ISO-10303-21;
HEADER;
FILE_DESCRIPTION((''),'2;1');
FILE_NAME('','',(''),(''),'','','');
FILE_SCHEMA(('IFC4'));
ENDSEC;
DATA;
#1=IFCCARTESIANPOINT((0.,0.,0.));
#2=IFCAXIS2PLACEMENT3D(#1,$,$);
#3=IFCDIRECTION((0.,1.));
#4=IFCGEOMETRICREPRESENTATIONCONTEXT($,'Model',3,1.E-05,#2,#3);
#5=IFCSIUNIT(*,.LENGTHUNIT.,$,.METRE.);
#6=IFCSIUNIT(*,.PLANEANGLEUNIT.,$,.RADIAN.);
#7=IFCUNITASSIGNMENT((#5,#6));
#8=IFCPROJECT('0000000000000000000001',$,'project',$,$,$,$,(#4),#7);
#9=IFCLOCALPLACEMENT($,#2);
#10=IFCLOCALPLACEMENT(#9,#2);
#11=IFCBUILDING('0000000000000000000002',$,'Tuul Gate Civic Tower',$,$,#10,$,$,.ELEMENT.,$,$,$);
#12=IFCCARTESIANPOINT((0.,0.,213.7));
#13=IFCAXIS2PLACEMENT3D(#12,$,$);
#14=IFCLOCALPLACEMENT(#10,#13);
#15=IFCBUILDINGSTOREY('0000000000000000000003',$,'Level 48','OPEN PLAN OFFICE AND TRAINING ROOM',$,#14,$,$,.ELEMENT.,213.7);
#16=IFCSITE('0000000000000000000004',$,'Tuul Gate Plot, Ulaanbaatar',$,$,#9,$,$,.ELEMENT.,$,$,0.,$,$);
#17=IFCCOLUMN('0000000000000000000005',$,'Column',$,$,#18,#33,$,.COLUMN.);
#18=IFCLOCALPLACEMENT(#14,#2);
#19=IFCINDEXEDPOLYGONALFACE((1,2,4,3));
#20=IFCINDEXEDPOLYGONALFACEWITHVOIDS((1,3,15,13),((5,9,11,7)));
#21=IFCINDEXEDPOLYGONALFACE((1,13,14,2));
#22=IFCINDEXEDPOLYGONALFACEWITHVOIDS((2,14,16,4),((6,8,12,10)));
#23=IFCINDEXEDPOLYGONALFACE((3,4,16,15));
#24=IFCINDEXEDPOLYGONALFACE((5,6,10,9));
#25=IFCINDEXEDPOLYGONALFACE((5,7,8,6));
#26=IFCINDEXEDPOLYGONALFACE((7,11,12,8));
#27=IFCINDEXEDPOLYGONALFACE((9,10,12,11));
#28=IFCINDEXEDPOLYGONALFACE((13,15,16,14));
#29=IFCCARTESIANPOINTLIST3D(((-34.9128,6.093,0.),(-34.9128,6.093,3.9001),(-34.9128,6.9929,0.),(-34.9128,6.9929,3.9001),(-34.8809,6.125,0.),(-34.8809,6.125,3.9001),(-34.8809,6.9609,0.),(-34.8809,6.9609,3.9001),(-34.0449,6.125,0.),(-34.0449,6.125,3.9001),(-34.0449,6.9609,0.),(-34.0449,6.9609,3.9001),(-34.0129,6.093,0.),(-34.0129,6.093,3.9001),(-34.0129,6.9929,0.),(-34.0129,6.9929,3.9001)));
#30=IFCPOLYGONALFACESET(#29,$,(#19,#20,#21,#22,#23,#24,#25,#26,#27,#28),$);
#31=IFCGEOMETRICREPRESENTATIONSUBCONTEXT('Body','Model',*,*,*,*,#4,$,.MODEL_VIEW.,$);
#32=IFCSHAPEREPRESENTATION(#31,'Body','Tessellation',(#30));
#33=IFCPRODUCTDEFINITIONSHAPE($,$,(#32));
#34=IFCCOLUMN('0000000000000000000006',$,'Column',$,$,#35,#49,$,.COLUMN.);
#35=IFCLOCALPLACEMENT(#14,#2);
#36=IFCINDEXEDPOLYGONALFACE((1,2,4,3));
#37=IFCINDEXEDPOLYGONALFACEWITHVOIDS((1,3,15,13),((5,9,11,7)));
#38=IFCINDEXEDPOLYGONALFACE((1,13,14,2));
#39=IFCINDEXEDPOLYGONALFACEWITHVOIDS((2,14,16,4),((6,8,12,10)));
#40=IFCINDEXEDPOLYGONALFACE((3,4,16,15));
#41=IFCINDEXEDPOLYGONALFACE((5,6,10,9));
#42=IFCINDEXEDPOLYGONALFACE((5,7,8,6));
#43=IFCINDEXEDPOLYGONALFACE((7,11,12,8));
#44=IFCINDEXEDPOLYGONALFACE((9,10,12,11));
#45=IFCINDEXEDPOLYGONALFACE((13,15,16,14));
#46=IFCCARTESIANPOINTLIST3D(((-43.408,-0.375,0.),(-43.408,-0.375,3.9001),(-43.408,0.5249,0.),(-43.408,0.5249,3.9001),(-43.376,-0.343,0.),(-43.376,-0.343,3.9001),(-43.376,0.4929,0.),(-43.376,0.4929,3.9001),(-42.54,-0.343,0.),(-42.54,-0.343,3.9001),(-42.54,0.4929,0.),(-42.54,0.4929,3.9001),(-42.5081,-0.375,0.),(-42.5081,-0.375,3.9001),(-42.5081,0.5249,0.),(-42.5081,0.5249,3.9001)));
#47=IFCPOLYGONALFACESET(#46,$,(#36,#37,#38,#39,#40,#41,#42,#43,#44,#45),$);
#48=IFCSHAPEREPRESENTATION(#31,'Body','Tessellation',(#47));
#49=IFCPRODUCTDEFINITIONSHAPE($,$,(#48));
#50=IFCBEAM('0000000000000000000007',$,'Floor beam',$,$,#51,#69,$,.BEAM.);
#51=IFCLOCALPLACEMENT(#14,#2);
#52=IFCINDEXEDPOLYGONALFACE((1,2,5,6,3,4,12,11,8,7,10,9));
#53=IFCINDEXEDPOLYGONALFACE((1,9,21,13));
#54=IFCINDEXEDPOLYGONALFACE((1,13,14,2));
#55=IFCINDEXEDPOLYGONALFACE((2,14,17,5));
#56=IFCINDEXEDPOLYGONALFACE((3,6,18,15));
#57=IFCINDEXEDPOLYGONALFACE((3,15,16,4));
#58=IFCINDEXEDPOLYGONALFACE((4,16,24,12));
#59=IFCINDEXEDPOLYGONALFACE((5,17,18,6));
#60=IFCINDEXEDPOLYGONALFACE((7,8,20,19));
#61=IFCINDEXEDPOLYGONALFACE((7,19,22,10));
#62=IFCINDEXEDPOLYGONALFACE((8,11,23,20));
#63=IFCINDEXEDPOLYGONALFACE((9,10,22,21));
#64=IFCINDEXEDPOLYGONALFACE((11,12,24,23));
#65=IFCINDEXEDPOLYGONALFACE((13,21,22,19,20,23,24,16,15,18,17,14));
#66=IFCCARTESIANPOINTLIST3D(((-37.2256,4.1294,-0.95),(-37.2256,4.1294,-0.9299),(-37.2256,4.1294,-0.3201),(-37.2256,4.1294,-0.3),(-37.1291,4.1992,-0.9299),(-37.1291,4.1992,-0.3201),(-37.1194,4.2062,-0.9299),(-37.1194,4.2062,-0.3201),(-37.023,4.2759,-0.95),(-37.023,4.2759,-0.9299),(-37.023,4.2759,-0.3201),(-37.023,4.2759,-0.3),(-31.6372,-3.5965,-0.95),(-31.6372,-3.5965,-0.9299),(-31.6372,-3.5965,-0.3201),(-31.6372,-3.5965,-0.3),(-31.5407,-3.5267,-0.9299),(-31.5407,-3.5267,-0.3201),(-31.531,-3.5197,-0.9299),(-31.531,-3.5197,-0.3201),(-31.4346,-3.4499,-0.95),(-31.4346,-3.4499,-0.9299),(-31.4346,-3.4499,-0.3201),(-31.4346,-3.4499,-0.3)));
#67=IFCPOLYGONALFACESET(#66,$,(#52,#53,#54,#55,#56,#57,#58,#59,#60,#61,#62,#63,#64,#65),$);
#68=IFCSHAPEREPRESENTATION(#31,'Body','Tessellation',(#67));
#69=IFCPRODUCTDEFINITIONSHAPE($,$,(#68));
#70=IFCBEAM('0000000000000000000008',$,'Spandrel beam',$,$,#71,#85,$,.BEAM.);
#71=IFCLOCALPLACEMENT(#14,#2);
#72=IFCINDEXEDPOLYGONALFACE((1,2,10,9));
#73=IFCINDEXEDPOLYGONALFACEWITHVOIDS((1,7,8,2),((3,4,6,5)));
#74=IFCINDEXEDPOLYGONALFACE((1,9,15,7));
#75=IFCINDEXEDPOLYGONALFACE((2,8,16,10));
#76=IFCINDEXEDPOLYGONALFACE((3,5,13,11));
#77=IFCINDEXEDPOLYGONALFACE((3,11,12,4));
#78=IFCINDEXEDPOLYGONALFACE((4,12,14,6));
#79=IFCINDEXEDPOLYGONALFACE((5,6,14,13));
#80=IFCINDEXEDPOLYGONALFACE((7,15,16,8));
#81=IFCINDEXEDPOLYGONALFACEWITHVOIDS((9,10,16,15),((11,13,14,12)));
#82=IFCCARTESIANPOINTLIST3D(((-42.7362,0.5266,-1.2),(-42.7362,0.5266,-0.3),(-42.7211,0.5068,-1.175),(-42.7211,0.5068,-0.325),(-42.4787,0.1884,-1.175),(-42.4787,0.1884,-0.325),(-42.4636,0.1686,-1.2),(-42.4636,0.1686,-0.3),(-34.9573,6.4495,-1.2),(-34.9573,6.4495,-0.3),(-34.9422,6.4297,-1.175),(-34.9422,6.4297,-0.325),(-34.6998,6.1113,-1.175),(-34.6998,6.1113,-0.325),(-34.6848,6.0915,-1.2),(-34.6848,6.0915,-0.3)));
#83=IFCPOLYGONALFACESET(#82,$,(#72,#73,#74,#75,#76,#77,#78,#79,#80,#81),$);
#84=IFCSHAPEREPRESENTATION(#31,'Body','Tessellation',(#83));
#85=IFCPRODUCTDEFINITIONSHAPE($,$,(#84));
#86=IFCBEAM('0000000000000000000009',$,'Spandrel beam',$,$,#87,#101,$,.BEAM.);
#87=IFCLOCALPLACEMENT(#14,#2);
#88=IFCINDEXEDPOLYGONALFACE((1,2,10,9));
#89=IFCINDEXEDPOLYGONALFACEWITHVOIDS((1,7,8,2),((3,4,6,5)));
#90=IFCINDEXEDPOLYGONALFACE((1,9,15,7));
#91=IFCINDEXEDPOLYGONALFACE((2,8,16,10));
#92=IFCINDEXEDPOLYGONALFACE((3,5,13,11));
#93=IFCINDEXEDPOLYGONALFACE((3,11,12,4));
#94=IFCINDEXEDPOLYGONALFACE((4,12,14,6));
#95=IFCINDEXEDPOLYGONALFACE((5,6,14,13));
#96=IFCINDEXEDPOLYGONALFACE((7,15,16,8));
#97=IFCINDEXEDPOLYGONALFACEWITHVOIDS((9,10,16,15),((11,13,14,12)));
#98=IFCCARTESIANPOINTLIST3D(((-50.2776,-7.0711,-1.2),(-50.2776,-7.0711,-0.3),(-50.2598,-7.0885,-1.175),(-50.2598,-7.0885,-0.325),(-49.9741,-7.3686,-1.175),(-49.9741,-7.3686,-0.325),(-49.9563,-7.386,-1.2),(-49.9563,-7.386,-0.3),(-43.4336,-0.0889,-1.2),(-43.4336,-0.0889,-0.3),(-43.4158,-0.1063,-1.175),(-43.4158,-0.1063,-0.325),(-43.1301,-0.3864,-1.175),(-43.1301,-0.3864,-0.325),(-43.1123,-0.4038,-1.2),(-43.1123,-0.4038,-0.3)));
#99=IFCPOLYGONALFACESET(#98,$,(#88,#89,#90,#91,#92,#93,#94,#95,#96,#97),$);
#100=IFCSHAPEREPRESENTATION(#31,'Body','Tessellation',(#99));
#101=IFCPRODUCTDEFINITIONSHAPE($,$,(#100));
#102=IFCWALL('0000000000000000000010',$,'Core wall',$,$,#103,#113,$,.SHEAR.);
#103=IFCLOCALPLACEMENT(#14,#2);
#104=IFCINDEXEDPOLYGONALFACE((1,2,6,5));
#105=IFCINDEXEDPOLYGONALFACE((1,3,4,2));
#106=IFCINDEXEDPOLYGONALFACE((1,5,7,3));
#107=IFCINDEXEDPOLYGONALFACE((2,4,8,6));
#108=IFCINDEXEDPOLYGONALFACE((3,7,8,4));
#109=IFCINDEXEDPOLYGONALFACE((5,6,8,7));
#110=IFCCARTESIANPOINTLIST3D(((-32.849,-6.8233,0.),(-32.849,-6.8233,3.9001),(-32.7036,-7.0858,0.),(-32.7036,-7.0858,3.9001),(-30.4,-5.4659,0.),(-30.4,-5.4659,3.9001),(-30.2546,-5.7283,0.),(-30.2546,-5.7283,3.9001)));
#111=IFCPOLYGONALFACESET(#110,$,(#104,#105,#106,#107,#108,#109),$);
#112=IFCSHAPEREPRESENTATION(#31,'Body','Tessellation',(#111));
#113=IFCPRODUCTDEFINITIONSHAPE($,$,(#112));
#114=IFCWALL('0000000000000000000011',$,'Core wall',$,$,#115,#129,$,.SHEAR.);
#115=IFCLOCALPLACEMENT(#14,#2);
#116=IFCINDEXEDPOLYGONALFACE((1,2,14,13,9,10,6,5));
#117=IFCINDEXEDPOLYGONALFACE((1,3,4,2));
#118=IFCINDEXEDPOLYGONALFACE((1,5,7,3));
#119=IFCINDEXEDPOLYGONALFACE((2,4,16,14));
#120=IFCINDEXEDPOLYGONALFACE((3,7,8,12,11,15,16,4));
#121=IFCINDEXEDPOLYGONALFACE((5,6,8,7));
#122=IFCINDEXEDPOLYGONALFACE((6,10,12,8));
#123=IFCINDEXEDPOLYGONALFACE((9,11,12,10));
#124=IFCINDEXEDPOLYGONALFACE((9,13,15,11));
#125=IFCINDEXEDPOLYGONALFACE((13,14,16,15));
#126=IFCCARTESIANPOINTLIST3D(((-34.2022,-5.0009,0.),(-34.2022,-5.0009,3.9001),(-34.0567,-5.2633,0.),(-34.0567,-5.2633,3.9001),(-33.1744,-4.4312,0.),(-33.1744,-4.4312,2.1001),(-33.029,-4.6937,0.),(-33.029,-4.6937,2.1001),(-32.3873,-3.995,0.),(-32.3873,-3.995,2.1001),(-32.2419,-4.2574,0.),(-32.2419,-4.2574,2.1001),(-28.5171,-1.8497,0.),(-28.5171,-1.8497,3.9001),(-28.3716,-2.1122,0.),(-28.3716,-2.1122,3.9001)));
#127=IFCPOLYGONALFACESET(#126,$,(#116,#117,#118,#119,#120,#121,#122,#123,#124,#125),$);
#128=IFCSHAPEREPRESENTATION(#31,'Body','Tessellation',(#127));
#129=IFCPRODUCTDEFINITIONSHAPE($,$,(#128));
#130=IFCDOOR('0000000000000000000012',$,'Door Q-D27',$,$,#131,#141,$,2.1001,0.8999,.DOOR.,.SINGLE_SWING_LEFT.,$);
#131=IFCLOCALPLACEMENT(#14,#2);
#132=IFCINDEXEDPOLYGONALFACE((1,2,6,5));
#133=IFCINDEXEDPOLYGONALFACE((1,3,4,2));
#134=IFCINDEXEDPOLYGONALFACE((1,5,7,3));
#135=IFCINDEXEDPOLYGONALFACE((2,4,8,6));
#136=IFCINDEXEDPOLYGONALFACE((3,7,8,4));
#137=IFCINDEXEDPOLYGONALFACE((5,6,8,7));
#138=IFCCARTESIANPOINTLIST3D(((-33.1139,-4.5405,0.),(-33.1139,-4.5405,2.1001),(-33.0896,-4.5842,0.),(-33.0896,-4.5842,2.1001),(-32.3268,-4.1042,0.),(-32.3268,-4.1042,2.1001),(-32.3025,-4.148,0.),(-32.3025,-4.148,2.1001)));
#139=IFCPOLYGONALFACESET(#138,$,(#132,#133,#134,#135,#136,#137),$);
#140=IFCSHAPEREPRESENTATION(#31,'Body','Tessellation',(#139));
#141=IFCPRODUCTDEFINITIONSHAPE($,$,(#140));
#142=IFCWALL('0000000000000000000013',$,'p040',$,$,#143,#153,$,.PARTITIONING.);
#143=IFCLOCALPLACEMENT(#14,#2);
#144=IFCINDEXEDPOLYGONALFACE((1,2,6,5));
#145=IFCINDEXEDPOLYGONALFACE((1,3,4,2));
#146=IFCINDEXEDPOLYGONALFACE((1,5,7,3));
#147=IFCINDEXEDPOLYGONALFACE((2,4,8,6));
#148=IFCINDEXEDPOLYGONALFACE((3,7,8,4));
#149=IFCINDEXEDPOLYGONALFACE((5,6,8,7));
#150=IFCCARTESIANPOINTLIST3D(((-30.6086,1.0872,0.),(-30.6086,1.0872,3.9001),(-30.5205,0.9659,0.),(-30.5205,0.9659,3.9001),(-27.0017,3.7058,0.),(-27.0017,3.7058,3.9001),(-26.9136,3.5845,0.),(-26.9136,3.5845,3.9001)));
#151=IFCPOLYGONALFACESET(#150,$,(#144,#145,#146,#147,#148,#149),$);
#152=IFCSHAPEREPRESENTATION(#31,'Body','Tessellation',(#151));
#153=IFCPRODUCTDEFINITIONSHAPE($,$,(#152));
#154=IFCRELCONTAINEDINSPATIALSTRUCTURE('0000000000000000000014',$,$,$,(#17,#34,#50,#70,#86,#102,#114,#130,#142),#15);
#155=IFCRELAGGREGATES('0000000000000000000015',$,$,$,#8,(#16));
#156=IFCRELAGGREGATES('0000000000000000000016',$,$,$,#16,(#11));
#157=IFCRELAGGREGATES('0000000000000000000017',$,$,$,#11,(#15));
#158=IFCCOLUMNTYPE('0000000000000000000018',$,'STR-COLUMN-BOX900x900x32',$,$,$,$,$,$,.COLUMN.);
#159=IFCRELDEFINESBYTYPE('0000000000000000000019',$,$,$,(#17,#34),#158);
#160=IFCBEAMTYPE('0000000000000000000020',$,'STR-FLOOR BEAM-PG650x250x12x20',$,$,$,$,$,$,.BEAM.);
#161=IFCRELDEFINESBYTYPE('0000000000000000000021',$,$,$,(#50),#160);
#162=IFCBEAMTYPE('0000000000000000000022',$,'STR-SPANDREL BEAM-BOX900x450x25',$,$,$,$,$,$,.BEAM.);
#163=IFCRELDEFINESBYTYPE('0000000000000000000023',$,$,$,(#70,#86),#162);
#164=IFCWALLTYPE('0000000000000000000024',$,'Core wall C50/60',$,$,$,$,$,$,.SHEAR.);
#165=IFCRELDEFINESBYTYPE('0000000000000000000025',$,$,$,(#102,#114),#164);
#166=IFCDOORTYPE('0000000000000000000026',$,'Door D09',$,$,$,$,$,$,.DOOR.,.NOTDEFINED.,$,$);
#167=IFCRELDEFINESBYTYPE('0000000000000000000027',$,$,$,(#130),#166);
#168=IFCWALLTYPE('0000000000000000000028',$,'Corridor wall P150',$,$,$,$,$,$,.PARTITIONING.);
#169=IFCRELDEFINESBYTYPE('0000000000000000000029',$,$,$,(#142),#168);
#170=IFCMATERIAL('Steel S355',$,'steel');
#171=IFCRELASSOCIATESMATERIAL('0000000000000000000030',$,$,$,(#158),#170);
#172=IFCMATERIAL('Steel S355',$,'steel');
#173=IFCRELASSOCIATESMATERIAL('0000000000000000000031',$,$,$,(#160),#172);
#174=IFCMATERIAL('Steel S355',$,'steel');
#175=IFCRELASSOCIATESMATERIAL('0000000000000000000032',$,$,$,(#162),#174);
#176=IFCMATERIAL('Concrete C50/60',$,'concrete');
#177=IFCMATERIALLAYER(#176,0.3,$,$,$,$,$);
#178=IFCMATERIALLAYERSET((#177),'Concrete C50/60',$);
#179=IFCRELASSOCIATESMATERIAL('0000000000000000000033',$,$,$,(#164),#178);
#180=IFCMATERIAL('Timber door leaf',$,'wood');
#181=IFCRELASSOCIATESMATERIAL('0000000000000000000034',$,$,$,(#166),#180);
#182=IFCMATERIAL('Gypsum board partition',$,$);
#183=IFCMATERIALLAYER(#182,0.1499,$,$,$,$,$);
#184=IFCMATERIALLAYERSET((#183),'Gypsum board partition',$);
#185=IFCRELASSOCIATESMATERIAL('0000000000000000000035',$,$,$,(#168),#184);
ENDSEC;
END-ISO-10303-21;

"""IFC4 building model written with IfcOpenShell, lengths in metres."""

from ifc_helpers import new_model, si_unit, direction, frame, frame_2d, origin, origin_2d, place, context, subcontext, project, spatial, rectangle, hollow_rectangle, i_section, extrude, material, layer, layer_set, material_profile, profile_set, type_object, element, fill, save


model = new_model("IFC4")

# Units and contexts
model_context = context("Model", 3, precision=1e-05, world=origin(), true_north=direction((0.0, 1.0)))
body_context = subcontext(model_context, "Body", "Model", "MODEL_VIEW")
ifc_project = project(units=[si_unit("LENGTHUNIT", "METRE"), si_unit("PLANEANGLEUNIT", "RADIAN")], contexts=[model_context])

# Site, building, storey
site_placement = place(None, origin())
site = spatial("IfcSite", under=ifc_project, at=site_placement, Name="Tuul Gate Plot, Ulaanbaatar", CompositionType="ELEMENT", RefElevation=0.0)
building_placement = place(site_placement, origin())
building = spatial("IfcBuilding", under=site, at=building_placement, Name="Tuul Gate Civic Tower", CompositionType="ELEMENT")
storey_placement = place(building_placement, frame((0.0, 0.0, 213.7)))
storey = spatial("IfcBuildingStorey", under=building, at=storey_placement, Name="Level 48", Description="OPEN PLAN OFFICE AND TRAINING ROOM", CompositionType="ELEMENT", Elevation=213.7)

# Columns
ifc_material_1 = material(Name="Steel S355", Category="steel")
ifc_material_profile_1 = material_profile(ifc_material_1, hollow_rectangle(XDim=0.8999, YDim=0.8999, WallThickness=0.032, at=origin_2d()), Name="BOX900x900x32")
ifc_profile_set_1 = profile_set([ifc_material_profile_1], Name="Steel S355")
column_type = type_object("IfcColumnType", Name="STR-COLUMN-BOX900x900x32", PredefinedType="COLUMN", material=ifc_profile_set_1)
for number, where, z_axis, x_axis, name in (
    (1, (-34.4629, 6.543, 0.0), (0.0, 0.0, 1.0), (1.0, 0.0, 0.0), "Column"),
    (2, (-42.958, 0.075, 0.0), (0.0, 0.0, 1.0), (1.0, 0.0, 0.0), "Column"),
):
    element("IfcColumn", number, at=place(storey_placement, frame(where, z_axis=z_axis, x_axis=x_axis)), inside=storey, type_object=column_type, Name=name, PredefinedType="COLUMN", context=body_context, shape_type="SweptSolid", body=[
        extrude(hollow_rectangle(XDim=0.8999, YDim=0.8999, WallThickness=0.032, at=origin_2d()), origin(), (0.0, 0.0, 1.0), 3.9001),
    ])

# Beams
ifc_material_2 = material(Name="Steel S355", Category="steel")
ifc_material_profile_2 = material_profile(ifc_material_2, i_section(OverallWidth=0.25, OverallDepth=0.6499, WebThickness=0.012, FlangeThickness=0.02, at=origin_2d()), Name="PG650x250x12x20")
ifc_profile_set_2 = profile_set([ifc_material_profile_2], Name="Steel S355")
beam_type_1 = type_object("IfcBeamType", Name="STR-FLOOR BEAM-PG650x250x12x20", PredefinedType="BEAM", material=ifc_profile_set_2)
beam_placement = place(storey_placement, frame((-31.5359, -3.5232, -0.625), z_axis=(-0.586084, 0.81025, 0.0), x_axis=(-0.81025, -0.586084, 0.0)))
element("IfcBeam", 3, at=beam_placement, inside=storey, type_object=beam_type_1, Name="Floor beam", PredefinedType="BEAM", context=body_context, shape_type="SweptSolid", body=[
    extrude(i_section(OverallWidth=0.25, OverallDepth=0.6499, WebThickness=0.012, FlangeThickness=0.02, at=origin_2d()), origin(), (0.0, 0.0, 1.0), 9.5352),
])
ifc_material_3 = material(Name="Steel S355", Category="steel")
ifc_material_profile_3 = material_profile(ifc_material_3, hollow_rectangle(XDim=0.45, YDim=0.8999, WallThickness=0.0249, at=origin_2d()), Name="BOX900x450x25")
ifc_profile_set_3 = profile_set([ifc_material_profile_3], Name="Steel S355")
beam_type_2 = type_object("IfcBeamType", Name="STR-SPANDREL BEAM-BOX900x450x25", PredefinedType="BEAM", material=ifc_profile_set_3)
for number, where, z_axis, x_axis, name in (
    (4, (-34.821, 6.2705, -0.75), (-0.795622, -0.605793, 0.0), (0.605793, -0.795622, 0.0), "Spandrel beam"),
    (5, (-43.2729, -0.2463, -0.75), (-0.700005, -0.714138, 0.0), (0.714138, -0.700005, 0.0), "Spandrel beam"),
):
    element("IfcBeam", number, at=place(storey_placement, frame(where, z_axis=z_axis, x_axis=x_axis)), inside=storey, type_object=beam_type_2, Name=name, PredefinedType="BEAM", context=body_context, shape_type="SweptSolid", body=[
        extrude(hollow_rectangle(XDim=0.45, YDim=0.8999, WallThickness=0.0249, at=origin_2d()), origin(), (0.0, 0.0, 1.0), 9.7771),
    ])

# Wall
ifc_material_4 = material(Name="Concrete C50/60", Category="concrete")
ifc_layer_1 = layer(ifc_material_4, 0.3)
ifc_layer_set_1 = layer_set([ifc_layer_1], Name="Concrete C50/60")
wall_type_1 = type_object("IfcWallType", Name="Core wall C50/60", PredefinedType="SHEAR", material=ifc_layer_set_1)
wall_1_placement = place(storey_placement, frame((-30.3274, -5.5972, 0.0), z_axis=(0.0, 0.0, 1.0), x_axis=(-0.87463, -0.484791, 0.0)))
element("IfcWall", 6, at=wall_1_placement, inside=storey, type_object=wall_type_1, Name="Core wall", PredefinedType="SHEAR", context=body_context, shape_type="SweptSolid", body=[
    extrude(rectangle(XDim=2.8, YDim=0.3, at=frame_2d((1.3999, 0.0))), origin(), (0.0, 0.0, 1.0), 3.9001),
])

# Wall, opening, door
wall_2_placement = place(storey_placement, frame((-28.4443, -1.981, 0.0), z_axis=(0.0, 0.0, 1.0), x_axis=(-0.87463, -0.484791, 0.0)))
wall_2 = element("IfcWall", 7, at=wall_2_placement, inside=storey, type_object=wall_type_1, Name="Core wall", PredefinedType="SHEAR", context=body_context, shape_type="SweptSolid", body=[
    extrude(rectangle(XDim=6.5, YDim=0.3, at=frame_2d((3.25, 0.0))), origin(), (0.0, 0.0, 1.0), 3.9001),
])
opening_1_placement = place(wall_2_placement, frame((4.425, 0.0, 0.0)))
opening_1 = element("IfcOpeningElement", 8, at=opening_1_placement, cuts=wall_2, PredefinedType="OPENING", context=body_context, shape_type="SweptSolid", body=[
    extrude(rectangle(XDim=0.8999, YDim=2.1001, at=frame_2d((0.45, 1.05))), frame((0.0, 0.1602, 0.0), z_axis=(0.0, -1.0, 0.0), x_axis=(1.0, 0.0, 0.0)), (0.0, 0.0, 1.0), 0.3201),
])
ifc_material_5 = material(Name="Timber door leaf", Category="wood")
door_type_1 = type_object("IfcDoorType", Name="Door D09", OperationType="NOTDEFINED", PredefinedType="DOOR", material=ifc_material_5)
door_1_placement = place(opening_1_placement, origin())
door_1 = element("IfcDoor", 9, at=door_1_placement, inside=storey, type_object=door_type_1, Name="Door Q-D27", OperationType="SINGLE_SWING_LEFT", OverallHeight=2.1001, OverallWidth=0.8999, PredefinedType="DOOR", context=body_context, shape_type="SweptSolid", body=[
    extrude(rectangle(XDim=0.8999, YDim=2.1001, at=frame_2d((0.45, 1.05))), frame((0.0, 0.0249, 0.0), z_axis=(0.0, -1.0, 0.0), x_axis=(1.0, 0.0, 0.0)), (0.0, 0.0, 1.0), 0.05),
])
fill(opening_1, door_1)

# Wall
ifc_material_6 = material(Name="Gypsum board partition")
ifc_layer_2 = layer(ifc_material_6, 0.1499)
ifc_layer_set_2 = layer_set([ifc_layer_2], Name="Gypsum board partition")
wall_type_2 = type_object("IfcWallType", Name="Corridor wall P150", PredefinedType="PARTITIONING", material=ifc_layer_set_2)
wall_3_placement = place(storey_placement, frame((-30.5645, 1.0266, 0.0), z_axis=(0.0, 0.0, 1.0), x_axis=(0.809224, 0.587501, 0.0)))
element("IfcWall", 10, at=wall_3_placement, inside=storey, type_object=wall_type_2, Name="p040", PredefinedType="PARTITIONING", context=body_context, shape_type="SweptSolid", body=[
    extrude(rectangle(XDim=4.4573, YDim=0.1499, at=frame_2d((2.2285, 0.0))), origin(), (0.0, 0.0, 1.0), 3.9001),
])

save(model, "model.ifc")
